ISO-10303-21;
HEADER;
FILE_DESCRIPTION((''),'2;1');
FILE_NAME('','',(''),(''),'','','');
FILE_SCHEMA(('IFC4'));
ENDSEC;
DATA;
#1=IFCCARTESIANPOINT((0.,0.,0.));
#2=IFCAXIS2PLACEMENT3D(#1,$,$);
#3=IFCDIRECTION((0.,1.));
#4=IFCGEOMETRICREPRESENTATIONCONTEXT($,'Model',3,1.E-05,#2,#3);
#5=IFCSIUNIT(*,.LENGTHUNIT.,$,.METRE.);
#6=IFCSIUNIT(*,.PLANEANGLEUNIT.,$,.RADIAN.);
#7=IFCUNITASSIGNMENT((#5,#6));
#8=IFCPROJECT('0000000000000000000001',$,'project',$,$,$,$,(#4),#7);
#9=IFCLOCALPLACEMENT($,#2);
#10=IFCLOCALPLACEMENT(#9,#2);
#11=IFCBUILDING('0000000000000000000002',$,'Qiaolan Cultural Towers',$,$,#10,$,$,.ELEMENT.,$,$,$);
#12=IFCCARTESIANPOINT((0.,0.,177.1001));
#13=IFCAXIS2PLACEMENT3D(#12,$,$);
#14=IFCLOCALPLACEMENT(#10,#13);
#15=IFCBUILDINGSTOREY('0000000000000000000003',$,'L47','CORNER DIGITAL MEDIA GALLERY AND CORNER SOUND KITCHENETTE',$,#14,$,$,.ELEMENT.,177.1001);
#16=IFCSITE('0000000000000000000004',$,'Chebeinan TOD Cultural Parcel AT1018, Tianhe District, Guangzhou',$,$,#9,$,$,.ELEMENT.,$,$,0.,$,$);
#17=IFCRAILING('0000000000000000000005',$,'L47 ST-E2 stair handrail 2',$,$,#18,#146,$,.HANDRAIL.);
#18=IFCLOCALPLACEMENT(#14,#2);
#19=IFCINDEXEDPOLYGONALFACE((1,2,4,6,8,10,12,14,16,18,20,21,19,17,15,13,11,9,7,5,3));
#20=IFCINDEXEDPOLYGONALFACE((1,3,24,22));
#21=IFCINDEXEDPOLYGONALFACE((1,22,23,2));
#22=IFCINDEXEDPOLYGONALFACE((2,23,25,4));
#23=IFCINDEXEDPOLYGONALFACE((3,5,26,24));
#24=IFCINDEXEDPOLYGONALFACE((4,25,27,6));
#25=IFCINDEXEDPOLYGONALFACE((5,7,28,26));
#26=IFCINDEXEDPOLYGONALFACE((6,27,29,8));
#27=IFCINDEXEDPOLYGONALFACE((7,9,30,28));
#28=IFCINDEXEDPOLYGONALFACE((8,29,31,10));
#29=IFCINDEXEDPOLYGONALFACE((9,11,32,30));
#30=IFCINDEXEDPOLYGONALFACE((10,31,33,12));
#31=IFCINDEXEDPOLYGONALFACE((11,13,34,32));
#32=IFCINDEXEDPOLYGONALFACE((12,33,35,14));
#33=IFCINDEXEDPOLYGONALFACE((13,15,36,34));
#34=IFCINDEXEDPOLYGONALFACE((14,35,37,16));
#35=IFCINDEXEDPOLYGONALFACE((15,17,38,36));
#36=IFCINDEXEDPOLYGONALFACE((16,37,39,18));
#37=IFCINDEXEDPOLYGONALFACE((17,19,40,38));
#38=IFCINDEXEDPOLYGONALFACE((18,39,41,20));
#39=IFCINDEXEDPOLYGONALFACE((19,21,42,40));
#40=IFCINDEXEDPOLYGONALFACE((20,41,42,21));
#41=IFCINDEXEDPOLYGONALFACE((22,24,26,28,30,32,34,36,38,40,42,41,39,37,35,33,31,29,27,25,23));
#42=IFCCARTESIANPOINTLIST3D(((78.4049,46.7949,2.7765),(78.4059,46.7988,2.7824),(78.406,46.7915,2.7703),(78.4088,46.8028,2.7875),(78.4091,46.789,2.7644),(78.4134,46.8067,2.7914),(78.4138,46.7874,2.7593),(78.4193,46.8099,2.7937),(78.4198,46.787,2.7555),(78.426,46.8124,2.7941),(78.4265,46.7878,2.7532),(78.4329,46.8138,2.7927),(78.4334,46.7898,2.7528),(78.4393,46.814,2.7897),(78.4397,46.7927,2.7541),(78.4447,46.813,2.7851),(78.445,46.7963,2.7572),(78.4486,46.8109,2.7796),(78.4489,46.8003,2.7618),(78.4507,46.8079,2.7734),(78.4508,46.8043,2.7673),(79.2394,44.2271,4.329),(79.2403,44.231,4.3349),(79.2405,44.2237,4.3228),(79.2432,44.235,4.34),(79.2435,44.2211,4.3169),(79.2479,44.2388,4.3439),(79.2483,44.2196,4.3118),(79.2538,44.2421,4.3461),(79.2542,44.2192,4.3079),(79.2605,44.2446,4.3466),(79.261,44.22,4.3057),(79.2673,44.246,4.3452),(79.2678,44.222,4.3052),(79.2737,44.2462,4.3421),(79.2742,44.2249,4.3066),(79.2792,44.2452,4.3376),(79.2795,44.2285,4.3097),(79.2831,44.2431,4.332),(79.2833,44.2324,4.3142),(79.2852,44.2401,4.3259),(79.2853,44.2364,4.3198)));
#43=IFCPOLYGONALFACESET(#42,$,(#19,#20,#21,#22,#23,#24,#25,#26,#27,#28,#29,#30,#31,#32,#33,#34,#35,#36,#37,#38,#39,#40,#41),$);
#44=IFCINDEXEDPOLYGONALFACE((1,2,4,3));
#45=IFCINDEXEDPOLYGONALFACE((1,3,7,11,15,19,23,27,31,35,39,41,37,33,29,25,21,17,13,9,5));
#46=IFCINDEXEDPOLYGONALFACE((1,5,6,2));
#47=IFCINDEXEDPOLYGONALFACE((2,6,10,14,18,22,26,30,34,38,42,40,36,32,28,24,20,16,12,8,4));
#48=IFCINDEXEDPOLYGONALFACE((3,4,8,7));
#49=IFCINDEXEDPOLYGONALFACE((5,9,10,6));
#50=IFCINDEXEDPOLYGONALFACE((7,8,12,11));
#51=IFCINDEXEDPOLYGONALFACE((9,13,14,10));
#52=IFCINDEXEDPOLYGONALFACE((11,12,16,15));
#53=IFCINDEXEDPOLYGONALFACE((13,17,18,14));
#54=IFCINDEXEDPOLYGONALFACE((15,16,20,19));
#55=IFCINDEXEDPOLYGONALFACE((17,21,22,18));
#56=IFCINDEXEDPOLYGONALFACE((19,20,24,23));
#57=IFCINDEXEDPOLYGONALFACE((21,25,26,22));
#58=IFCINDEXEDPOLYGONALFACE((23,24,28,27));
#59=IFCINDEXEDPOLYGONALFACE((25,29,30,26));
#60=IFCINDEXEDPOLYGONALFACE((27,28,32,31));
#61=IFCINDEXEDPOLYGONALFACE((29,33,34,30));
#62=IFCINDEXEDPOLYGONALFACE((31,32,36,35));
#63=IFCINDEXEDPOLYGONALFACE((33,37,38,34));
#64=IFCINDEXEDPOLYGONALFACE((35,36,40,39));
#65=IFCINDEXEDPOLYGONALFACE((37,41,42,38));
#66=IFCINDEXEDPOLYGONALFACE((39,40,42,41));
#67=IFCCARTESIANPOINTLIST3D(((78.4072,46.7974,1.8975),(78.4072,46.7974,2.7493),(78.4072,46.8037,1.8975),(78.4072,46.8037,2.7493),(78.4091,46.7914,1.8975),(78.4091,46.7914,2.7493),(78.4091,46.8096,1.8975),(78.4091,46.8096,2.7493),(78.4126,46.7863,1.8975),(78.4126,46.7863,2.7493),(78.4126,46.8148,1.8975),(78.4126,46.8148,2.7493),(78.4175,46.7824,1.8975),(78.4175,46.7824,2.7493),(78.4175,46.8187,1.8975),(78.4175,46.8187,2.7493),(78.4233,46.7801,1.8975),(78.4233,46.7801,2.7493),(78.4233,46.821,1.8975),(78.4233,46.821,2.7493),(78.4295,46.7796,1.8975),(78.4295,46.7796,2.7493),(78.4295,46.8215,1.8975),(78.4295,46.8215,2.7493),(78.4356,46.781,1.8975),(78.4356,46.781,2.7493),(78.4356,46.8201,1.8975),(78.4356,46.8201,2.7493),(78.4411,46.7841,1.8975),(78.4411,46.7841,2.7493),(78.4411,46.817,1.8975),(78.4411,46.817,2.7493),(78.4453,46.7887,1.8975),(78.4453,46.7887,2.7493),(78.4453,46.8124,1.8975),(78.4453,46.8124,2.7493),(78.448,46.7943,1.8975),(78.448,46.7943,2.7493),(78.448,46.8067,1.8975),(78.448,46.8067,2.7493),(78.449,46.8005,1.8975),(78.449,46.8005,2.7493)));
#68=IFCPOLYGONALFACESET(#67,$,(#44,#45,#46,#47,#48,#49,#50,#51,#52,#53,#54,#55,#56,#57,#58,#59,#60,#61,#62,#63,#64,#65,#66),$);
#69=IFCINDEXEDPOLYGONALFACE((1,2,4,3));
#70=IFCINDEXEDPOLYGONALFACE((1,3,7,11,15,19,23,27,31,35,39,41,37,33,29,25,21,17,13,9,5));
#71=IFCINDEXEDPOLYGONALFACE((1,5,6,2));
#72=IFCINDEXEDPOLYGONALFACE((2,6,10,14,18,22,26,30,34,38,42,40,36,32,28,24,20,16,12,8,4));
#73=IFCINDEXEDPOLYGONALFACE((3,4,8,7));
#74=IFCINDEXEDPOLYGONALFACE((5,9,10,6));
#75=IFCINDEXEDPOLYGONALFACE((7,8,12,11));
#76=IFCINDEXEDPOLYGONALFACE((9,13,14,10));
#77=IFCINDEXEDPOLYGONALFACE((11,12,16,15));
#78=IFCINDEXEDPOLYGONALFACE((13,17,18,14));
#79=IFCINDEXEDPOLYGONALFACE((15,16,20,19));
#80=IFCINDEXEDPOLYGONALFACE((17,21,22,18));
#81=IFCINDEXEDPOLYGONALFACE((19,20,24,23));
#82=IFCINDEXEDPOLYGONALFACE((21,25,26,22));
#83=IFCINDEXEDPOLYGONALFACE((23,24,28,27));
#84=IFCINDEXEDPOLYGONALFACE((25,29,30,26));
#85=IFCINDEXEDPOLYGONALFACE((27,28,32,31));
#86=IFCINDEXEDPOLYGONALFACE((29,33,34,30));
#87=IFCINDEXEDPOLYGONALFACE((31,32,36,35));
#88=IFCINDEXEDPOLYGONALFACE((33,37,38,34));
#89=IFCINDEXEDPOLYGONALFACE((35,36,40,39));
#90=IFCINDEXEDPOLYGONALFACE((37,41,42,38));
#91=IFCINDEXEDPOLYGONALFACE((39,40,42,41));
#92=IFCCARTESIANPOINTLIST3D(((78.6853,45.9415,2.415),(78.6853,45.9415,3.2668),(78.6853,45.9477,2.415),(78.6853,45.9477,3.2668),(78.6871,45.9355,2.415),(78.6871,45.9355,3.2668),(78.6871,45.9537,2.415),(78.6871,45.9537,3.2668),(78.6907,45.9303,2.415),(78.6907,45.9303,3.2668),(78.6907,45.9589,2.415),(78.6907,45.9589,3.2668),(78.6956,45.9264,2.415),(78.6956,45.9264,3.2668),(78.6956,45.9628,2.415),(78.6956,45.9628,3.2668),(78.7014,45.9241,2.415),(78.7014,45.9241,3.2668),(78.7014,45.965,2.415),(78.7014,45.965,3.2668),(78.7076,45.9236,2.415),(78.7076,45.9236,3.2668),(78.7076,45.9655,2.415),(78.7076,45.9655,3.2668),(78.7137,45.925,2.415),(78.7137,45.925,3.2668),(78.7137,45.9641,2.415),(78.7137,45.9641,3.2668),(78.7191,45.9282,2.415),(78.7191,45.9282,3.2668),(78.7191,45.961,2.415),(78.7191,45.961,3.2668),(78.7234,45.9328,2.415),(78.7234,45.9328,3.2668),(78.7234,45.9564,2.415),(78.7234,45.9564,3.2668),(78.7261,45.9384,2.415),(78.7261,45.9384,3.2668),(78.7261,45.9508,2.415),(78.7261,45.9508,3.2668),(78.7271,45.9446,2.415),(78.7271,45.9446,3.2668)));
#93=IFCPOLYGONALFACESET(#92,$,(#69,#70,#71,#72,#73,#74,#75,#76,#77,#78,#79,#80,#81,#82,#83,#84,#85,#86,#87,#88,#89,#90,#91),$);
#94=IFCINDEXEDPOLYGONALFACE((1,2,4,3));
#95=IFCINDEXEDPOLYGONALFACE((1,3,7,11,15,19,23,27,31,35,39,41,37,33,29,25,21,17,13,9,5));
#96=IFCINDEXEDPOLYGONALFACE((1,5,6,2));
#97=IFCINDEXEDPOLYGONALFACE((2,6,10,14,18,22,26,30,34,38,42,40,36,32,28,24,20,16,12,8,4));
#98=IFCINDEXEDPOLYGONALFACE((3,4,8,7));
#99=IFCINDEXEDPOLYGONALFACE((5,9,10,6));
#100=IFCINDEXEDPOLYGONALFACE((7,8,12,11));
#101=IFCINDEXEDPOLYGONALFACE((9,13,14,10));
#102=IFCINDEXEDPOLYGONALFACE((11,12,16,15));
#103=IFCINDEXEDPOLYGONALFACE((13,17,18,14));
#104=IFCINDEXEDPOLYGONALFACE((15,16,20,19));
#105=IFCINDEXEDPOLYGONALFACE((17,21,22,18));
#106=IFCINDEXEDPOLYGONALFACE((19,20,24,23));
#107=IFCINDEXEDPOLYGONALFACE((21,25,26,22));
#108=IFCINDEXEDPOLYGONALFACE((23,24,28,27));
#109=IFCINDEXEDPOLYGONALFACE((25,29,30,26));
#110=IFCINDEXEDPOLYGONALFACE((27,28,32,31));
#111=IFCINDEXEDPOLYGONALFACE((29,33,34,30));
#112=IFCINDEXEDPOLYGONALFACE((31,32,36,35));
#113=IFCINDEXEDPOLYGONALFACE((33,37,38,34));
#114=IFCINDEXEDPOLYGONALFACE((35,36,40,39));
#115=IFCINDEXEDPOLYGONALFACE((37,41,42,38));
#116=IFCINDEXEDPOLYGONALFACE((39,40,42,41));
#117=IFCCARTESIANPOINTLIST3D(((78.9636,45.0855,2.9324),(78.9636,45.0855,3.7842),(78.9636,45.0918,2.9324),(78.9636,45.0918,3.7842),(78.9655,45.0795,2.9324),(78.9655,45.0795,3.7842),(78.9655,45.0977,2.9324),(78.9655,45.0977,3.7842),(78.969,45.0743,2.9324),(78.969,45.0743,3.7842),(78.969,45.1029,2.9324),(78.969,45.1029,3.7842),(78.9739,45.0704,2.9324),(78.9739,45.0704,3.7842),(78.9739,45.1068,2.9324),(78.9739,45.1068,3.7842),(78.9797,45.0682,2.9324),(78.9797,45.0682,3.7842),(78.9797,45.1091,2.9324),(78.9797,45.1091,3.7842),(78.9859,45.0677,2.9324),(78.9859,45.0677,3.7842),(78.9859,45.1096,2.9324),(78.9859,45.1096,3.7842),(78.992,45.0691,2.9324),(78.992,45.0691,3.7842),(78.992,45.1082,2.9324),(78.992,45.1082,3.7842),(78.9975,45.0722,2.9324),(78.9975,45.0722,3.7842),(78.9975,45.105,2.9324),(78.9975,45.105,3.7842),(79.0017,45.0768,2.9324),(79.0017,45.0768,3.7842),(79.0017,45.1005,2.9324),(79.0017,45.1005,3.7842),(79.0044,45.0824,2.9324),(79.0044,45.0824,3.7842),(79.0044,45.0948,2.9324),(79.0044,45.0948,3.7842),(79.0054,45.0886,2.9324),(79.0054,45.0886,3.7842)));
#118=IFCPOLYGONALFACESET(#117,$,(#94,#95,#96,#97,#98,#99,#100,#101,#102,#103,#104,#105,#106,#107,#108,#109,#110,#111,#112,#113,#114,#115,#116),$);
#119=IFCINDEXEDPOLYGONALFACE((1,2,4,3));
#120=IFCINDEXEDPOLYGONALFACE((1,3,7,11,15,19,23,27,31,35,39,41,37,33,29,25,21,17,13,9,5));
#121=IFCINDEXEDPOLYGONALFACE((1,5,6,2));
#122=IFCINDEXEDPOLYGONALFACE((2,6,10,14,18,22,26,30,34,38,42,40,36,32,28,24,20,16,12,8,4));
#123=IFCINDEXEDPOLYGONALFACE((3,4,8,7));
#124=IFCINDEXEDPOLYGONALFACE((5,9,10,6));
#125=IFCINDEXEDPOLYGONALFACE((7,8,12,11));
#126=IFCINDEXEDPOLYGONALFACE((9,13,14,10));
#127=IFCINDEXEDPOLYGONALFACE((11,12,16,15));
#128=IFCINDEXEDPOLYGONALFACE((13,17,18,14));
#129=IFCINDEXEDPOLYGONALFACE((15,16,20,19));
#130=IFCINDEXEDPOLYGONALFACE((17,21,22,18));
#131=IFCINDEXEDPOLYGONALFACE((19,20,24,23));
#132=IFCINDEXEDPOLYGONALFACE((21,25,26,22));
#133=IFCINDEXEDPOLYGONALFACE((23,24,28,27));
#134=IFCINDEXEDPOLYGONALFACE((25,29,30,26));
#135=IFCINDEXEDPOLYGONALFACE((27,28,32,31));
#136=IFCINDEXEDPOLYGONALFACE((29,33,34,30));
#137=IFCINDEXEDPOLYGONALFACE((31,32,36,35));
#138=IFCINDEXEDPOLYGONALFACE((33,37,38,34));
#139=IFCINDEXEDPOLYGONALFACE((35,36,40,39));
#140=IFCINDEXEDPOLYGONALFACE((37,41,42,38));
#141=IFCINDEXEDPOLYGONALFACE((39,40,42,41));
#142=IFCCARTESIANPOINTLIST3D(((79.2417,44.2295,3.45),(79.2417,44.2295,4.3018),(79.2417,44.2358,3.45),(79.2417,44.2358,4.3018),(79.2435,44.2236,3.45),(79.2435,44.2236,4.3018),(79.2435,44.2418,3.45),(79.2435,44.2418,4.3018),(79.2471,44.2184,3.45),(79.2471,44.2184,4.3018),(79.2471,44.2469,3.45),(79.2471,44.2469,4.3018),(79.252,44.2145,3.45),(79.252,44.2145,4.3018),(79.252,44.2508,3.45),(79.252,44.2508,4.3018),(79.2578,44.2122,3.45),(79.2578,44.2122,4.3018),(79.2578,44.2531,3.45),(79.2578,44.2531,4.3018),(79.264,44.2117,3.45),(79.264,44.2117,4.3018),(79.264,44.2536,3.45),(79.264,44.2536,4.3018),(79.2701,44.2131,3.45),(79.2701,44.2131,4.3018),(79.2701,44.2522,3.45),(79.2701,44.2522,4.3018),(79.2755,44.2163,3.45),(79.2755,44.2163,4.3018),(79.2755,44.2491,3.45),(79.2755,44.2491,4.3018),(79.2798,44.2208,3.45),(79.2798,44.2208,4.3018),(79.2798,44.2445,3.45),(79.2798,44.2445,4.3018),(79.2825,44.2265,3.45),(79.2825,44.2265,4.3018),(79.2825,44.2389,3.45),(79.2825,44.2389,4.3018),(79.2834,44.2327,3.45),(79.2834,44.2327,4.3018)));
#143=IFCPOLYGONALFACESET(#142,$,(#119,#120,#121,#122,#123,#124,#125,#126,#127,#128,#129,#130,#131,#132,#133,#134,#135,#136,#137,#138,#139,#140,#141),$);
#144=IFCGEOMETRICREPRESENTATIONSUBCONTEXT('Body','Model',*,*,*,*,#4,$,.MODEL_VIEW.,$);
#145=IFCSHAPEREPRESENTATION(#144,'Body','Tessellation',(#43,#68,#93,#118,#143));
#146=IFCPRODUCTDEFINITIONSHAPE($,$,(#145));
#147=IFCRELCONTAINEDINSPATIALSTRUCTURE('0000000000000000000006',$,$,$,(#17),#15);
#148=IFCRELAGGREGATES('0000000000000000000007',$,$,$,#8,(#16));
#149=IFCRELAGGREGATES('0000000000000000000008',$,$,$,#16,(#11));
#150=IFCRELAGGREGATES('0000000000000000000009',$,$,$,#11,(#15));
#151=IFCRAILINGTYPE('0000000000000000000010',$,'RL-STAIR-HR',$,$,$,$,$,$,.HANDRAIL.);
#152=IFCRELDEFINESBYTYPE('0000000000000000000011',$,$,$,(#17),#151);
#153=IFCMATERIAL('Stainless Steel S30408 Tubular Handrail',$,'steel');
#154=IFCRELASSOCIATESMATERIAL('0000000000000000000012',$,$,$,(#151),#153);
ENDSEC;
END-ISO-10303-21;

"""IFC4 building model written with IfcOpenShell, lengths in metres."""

from ifc_helpers import new_model, si_unit, direction, frame, origin, origin_2d, place, context, subcontext, project, spatial, circle, extrude, material, type_object, element, save


model = new_model("IFC4")

# Units and contexts
model_context = context("Model", 3, precision=1e-05, world=origin(), true_north=direction((0.0, 1.0)))
body_context = subcontext(model_context, "Body", "Model", "MODEL_VIEW")
ifc_project = project(units=[si_unit("LENGTHUNIT", "METRE"), si_unit("PLANEANGLEUNIT", "RADIAN")], contexts=[model_context])

# Site, building, storey
site_placement = place(None, origin())
site = spatial("IfcSite", under=ifc_project, at=site_placement, Name="Chebeinan TOD Cultural Parcel AT1018, Tianhe District, Guangzhou", CompositionType="ELEMENT", RefElevation=0.0)
building_placement = place(site_placement, origin())
building = spatial("IfcBuilding", under=site, at=building_placement, Name="Qiaolan Cultural Towers", CompositionType="ELEMENT")
storey_placement = place(building_placement, frame((0.0, 0.0, 177.1001)))
storey = spatial("IfcBuildingStorey", under=building, at=storey_placement, Name="L47", Description="CORNER DIGITAL MEDIA GALLERY AND CORNER SOUND KITCHENETTE", CompositionType="ELEMENT", Elevation=177.1001)

# Railing
ifc_material_1 = material(Name="Stainless Steel S30408 Tubular Handrail", Category="steel")
railing_type_1 = type_object("IfcRailingType", Name="RL-STAIR-HR", PredefinedType="HANDRAIL", material=ifc_material_1)
railing_1_placement = place(storey_placement, frame((78.428, 46.8005, 1.8975)))
element("IfcRailing", 1, at=railing_1_placement, inside=storey, type_object=railing_type_1, Name="L47 ST-E2 stair handrail 2", PredefinedType="HANDRAIL", context=body_context, shape_type="SweptSolid", body=[
    extrude(circle(Radius=0.0239, at=origin_2d()), frame((0.0, 0.0, 0.876), z_axis=(0.267926, -0.824471, 0.498461), x_axis=(0.951043, 0.309057, 0.0)), (0.0, 0.0, 1.0), 3.1145),
    extrude(circle(Radius=0.021, at=origin_2d()), origin(), (0.0, 0.0, 1.0), 0.8518),
    extrude(circle(Radius=0.021, at=origin_2d()), frame((0.2781, -0.856, 0.5176)), (0.0, 0.0, 1.0), 0.8518),
    extrude(circle(Radius=0.021, at=origin_2d()), frame((0.5564, -1.7119, 1.0349)), (0.0, 0.0, 1.0), 0.8518),
    extrude(circle(Radius=0.021, at=origin_2d()), frame((0.8345, -2.5679, 1.5525)), (0.0, 0.0, 1.0), 0.8518),
])

save(model, "model.ifc")
